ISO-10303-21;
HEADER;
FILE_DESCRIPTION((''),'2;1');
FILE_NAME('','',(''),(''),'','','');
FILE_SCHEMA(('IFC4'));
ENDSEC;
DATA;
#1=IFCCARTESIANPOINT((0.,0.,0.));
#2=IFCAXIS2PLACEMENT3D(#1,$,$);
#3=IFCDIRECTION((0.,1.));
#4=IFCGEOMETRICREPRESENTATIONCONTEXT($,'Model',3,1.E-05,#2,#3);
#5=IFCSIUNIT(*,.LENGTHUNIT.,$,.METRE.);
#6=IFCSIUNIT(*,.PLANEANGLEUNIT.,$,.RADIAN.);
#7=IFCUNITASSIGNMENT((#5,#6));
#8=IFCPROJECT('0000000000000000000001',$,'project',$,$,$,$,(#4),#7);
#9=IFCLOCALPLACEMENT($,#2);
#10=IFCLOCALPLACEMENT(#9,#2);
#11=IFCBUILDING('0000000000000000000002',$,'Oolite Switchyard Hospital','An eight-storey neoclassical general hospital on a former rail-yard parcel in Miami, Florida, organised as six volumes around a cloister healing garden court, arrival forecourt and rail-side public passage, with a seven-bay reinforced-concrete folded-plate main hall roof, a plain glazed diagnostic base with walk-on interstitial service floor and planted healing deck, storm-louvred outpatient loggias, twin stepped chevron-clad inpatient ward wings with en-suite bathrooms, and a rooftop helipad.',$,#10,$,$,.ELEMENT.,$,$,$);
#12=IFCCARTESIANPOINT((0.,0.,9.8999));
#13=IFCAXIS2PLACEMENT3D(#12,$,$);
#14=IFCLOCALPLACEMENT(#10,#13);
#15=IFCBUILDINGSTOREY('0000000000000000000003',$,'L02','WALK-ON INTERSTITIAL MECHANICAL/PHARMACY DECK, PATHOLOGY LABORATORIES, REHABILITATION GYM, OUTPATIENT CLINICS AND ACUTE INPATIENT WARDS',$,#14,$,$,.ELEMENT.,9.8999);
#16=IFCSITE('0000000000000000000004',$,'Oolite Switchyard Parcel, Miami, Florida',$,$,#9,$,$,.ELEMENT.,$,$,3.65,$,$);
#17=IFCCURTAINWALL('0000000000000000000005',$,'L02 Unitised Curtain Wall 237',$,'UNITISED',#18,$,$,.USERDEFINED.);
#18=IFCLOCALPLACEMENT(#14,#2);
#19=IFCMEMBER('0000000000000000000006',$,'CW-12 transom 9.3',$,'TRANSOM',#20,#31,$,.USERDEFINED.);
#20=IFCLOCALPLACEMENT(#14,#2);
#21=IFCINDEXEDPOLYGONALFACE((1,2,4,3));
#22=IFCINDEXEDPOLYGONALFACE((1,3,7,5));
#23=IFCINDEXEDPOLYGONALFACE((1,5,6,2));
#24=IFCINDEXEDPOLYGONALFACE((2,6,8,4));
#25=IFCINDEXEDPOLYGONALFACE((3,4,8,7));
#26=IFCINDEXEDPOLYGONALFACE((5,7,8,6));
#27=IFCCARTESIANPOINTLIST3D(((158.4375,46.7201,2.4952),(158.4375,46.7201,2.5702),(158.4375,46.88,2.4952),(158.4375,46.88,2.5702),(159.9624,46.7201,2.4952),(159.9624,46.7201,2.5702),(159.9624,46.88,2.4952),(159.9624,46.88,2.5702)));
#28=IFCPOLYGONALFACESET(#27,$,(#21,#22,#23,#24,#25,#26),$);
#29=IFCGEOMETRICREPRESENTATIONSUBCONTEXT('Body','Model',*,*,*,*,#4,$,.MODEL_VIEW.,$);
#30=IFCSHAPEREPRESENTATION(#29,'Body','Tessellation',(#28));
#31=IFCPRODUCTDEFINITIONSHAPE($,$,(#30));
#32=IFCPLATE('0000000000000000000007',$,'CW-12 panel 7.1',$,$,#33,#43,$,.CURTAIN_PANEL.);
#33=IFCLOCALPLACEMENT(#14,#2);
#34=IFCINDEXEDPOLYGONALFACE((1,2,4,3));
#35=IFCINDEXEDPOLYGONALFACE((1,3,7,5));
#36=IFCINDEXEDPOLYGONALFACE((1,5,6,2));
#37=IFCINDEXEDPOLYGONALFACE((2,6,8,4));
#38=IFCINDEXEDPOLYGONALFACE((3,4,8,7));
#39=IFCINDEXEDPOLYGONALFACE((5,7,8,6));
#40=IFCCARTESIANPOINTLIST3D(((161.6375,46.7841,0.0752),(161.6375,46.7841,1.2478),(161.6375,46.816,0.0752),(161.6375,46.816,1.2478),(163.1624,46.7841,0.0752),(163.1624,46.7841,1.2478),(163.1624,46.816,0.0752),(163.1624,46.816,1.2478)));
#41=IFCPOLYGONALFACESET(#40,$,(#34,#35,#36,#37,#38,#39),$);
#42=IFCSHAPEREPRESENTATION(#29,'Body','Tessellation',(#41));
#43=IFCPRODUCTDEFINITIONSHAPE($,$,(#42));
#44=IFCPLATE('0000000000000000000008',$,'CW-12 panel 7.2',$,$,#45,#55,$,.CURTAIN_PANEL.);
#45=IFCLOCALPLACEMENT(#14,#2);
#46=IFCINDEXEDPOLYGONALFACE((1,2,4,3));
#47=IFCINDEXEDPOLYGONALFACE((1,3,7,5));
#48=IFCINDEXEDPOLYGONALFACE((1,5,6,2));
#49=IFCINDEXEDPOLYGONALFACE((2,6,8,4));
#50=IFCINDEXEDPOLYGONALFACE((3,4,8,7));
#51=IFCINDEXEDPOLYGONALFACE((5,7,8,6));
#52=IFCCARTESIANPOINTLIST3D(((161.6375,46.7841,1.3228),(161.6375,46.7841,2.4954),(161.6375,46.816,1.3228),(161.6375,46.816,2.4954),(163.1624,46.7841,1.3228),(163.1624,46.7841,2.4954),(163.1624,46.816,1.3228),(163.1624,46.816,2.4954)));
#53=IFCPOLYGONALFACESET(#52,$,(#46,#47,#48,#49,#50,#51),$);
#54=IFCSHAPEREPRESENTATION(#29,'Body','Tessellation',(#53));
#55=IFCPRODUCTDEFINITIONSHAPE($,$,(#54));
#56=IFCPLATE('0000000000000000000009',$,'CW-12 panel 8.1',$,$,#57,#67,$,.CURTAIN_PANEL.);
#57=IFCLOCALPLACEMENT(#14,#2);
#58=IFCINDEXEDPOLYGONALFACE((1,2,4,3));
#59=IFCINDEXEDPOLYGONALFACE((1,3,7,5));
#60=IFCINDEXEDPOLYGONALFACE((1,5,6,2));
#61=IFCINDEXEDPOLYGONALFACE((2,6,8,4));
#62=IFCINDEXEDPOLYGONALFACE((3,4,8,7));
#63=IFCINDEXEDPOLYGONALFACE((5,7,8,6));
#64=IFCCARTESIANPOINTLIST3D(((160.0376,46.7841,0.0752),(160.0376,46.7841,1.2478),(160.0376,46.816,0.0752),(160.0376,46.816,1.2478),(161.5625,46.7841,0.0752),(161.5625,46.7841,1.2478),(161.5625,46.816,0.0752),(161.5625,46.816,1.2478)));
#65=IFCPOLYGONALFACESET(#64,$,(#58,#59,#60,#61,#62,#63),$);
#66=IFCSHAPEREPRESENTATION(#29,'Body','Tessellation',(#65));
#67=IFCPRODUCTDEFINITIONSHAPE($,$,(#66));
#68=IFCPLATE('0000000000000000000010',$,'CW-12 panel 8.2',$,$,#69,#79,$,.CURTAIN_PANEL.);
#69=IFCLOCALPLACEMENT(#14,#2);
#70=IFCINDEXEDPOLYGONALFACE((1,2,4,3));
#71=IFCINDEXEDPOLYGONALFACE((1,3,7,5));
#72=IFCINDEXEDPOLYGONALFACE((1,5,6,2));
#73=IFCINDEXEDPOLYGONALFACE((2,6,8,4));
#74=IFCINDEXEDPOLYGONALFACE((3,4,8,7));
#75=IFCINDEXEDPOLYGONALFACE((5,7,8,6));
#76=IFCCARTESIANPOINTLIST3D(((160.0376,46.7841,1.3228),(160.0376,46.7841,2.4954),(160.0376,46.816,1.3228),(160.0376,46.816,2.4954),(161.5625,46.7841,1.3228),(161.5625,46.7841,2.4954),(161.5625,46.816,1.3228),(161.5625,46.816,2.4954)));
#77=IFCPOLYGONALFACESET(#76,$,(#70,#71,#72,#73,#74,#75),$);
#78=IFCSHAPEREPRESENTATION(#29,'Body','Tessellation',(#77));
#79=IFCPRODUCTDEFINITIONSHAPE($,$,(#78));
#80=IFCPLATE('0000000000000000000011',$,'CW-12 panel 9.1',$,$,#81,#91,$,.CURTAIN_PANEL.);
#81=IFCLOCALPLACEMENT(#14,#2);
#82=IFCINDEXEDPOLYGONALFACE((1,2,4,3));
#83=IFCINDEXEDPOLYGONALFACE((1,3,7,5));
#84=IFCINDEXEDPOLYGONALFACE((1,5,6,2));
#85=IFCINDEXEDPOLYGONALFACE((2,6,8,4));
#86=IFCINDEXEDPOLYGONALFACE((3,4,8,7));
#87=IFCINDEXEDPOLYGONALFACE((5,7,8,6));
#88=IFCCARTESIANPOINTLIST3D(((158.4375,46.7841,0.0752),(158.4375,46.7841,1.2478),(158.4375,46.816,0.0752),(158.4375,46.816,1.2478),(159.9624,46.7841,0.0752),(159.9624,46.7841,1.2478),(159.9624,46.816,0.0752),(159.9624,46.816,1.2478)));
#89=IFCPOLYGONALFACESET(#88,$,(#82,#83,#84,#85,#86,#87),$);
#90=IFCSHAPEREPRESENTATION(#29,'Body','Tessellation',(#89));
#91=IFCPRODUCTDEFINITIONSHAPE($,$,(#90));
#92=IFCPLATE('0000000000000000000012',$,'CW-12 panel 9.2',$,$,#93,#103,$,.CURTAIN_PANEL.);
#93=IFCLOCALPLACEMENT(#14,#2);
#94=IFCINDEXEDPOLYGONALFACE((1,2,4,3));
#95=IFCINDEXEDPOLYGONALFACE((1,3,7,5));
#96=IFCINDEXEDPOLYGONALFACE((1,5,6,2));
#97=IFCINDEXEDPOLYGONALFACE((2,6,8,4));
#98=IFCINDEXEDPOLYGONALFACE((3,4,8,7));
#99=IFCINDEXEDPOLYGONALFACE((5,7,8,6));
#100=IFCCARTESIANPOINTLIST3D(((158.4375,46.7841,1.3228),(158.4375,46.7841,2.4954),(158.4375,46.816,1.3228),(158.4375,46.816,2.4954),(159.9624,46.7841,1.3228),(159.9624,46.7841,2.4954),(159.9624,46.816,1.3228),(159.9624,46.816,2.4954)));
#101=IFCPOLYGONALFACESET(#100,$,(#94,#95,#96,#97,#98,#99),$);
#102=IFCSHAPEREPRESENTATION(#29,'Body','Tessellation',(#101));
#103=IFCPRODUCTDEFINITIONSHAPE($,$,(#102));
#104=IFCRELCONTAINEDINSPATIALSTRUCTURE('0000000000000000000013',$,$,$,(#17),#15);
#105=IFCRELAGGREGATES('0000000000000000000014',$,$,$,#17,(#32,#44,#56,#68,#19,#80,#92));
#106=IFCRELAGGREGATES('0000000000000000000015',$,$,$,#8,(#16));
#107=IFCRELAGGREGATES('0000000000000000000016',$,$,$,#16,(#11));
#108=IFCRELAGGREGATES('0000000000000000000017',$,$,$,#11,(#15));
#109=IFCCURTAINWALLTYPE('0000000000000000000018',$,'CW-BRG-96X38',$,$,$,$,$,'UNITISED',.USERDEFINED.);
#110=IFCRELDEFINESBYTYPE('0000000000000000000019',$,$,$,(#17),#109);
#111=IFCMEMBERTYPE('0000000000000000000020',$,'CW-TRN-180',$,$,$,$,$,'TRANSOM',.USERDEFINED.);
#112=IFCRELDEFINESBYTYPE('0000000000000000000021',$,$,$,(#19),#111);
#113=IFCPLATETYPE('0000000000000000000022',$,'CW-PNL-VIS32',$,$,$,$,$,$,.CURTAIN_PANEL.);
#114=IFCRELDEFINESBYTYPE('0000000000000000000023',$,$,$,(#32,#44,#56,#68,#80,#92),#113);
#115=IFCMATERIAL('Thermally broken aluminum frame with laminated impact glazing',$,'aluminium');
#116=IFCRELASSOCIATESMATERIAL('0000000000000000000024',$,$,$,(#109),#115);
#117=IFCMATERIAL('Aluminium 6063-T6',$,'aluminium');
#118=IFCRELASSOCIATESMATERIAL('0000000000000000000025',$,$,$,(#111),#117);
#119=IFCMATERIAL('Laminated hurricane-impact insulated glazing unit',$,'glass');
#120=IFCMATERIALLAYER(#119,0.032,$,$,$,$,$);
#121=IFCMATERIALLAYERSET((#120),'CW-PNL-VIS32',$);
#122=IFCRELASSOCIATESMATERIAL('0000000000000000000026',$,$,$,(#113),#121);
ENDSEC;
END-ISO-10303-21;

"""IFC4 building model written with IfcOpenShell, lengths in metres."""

from ifc_helpers import new_model, si_unit, direction, frame, origin, origin_2d, place, context, subcontext, project, spatial, rectangle, extrude, material, layer, layer_set, material_profile, profile_set, type_object, element, aggregate, save


model = new_model("IFC4")

# Units and contexts
model_context = context("Model", 3, precision=1e-05, world=origin(), true_north=direction((0.0, 1.0)))
body_context = subcontext(model_context, "Body", "Model", "MODEL_VIEW")
ifc_project = project(units=[si_unit("LENGTHUNIT", "METRE"), si_unit("PLANEANGLEUNIT", "RADIAN")], contexts=[model_context])

# Site, building, storey
site_placement = place(None, origin())
site = spatial("IfcSite", under=ifc_project, at=site_placement, Name="Oolite Switchyard Parcel, Miami, Florida", CompositionType="ELEMENT", RefElevation=3.65)
building_placement = place(site_placement, origin())
building = spatial("IfcBuilding", under=site, at=building_placement, Name="Oolite Switchyard Hospital", Description="An eight-storey neoclassical general hospital on a former rail-yard parcel in Miami, Florida, organised as six volumes around a cloister healing garden court, arrival forecourt and rail-side public passage, with a seven-bay reinforced-concrete folded-plate main hall roof, a plain glazed diagnostic base with walk-on interstitial service floor and planted healing deck, storm-louvred outpatient loggias, twin stepped chevron-clad inpatient ward wings with en-suite bathrooms, and a rooftop helipad.", CompositionType="ELEMENT")
storey_placement = place(building_placement, frame((0.0, 0.0, 9.8999)))
storey = spatial("IfcBuildingStorey", under=building, at=storey_placement, Name="L02", Description="WALK-ON INTERSTITIAL MECHANICAL/PHARMACY DECK, PATHOLOGY LABORATORIES, REHABILITATION GYM, OUTPATIENT CLINICS AND ACUTE INPATIENT WARDS", CompositionType="ELEMENT", Elevation=9.8999)

# Curtain wall, member, plates
ifc_material_1 = material(Name="Thermally broken aluminum frame with laminated impact glazing", Category="aluminium")
curtain_wall_type = type_object("IfcCurtainWallType", Name="CW-BRG-96X38", ElementType="UNITISED", PredefinedType="USERDEFINED", material=ifc_material_1)
curtain_wall_placement = place(storey_placement, origin())
curtain_wall = element("IfcCurtainWall", 1, at=curtain_wall_placement, inside=storey, type_object=curtain_wall_type, Name="L02 Unitised Curtain Wall 237", ObjectType="UNITISED", PredefinedType="USERDEFINED")
ifc_material_2 = material(Name="Aluminium 6063-T6", Category="aluminium")
ifc_material_profile_1 = material_profile(ifc_material_2, rectangle(XDim=0.1599, YDim=0.075, at=origin_2d()), Name="CWT75X160")
ifc_profile_set_1 = profile_set([ifc_material_profile_1], Name="Aluminium 6063-T6")
member_type_1 = type_object("IfcMemberType", Name="CW-TRN-180", ElementType="TRANSOM", PredefinedType="USERDEFINED", material=ifc_profile_set_1)
member_1_placement = place(storey_placement, frame((159.9624, 46.8, 2.5327), z_axis=(-1.0, 0.0, 0.0), x_axis=(0.0, -1.0, 0.0)))
member_1 = element("IfcMember", 2, at=member_1_placement, type_object=member_type_1, Name="CW-12 transom 9.3", ObjectType="TRANSOM", PredefinedType="USERDEFINED", context=body_context, shape_type="SweptSolid", body=[
    extrude(rectangle(XDim=0.1599, YDim=0.075, at=origin_2d()), origin(), (0.0, 0.0, 1.0), 1.5249),
])
ifc_material_3 = material(Name="Laminated hurricane-impact insulated glazing unit", Category="glass")
ifc_layer = layer(ifc_material_3, 0.032)
ifc_layer_set = layer_set([ifc_layer], Name="CW-PNL-VIS32")
plate_type = type_object("IfcPlateType", Name="CW-PNL-VIS32", PredefinedType="CURTAIN_PANEL", material=ifc_layer_set)
plate_1_placement = place(storey_placement, frame((162.3999, 46.8, 0.0752), z_axis=(0.0, 0.0, 1.0), x_axis=(-1.0, 0.0, 0.0)))
plate_1 = element("IfcPlate", 3, at=plate_1_placement, type_object=plate_type, Name="CW-12 panel 7.1", PredefinedType="CURTAIN_PANEL", context=body_context, shape_type="SweptSolid", body=[
    extrude(rectangle(XDim=1.5249, YDim=0.032, at=origin_2d()), origin(), (0.0, 0.0, 1.0), 1.1726),
])
plate_2_placement = place(storey_placement, frame((162.3999, 46.8, 1.3228), z_axis=(0.0, 0.0, 1.0), x_axis=(-1.0, 0.0, 0.0)))
plate_2 = element("IfcPlate", 4, at=plate_2_placement, type_object=plate_type, Name="CW-12 panel 7.2", PredefinedType="CURTAIN_PANEL", context=body_context, shape_type="SweptSolid", body=[
    extrude(rectangle(XDim=1.5249, YDim=0.032, at=origin_2d()), origin(), (0.0, 0.0, 1.0), 1.1726),
])
plate_3_placement = place(storey_placement, frame((160.8, 46.8, 0.0752), z_axis=(0.0, 0.0, 1.0), x_axis=(-1.0, 0.0, 0.0)))
plate_3 = element("IfcPlate", 5, at=plate_3_placement, type_object=plate_type, Name="CW-12 panel 8.1", PredefinedType="CURTAIN_PANEL", context=body_context, shape_type="SweptSolid", body=[
    extrude(rectangle(XDim=1.5249, YDim=0.032, at=origin_2d()), origin(), (0.0, 0.0, 1.0), 1.1726),
])
plate_4_placement = place(storey_placement, frame((160.8, 46.8, 1.3228), z_axis=(0.0, 0.0, 1.0), x_axis=(-1.0, 0.0, 0.0)))
plate_4 = element("IfcPlate", 6, at=plate_4_placement, type_object=plate_type, Name="CW-12 panel 8.2", PredefinedType="CURTAIN_PANEL", context=body_context, shape_type="SweptSolid", body=[
    extrude(rectangle(XDim=1.5249, YDim=0.032, at=origin_2d()), origin(), (0.0, 0.0, 1.0), 1.1726),
])
plate_5_placement = place(storey_placement, frame((159.2, 46.8, 0.0752), z_axis=(0.0, 0.0, 1.0), x_axis=(-1.0, 0.0, 0.0)))
plate_5 = element("IfcPlate", 7, at=plate_5_placement, type_object=plate_type, Name="CW-12 panel 9.1", PredefinedType="CURTAIN_PANEL", context=body_context, shape_type="SweptSolid", body=[
    extrude(rectangle(XDim=1.5249, YDim=0.032, at=origin_2d()), origin(), (0.0, 0.0, 1.0), 1.1726),
])
plate_6_placement = place(storey_placement, frame((159.2, 46.8, 1.3228), z_axis=(0.0, 0.0, 1.0), x_axis=(-1.0, 0.0, 0.0)))
plate_6 = element("IfcPlate", 8, at=plate_6_placement, type_object=plate_type, Name="CW-12 panel 9.2", PredefinedType="CURTAIN_PANEL", context=body_context, shape_type="SweptSolid", body=[
    extrude(rectangle(XDim=1.5249, YDim=0.032, at=origin_2d()), origin(), (0.0, 0.0, 1.0), 1.1726),
])
aggregate(curtain_wall, [plate_1, plate_2, plate_3, plate_4, member_1, plate_5, plate_6])

save(model, "model.ifc")
